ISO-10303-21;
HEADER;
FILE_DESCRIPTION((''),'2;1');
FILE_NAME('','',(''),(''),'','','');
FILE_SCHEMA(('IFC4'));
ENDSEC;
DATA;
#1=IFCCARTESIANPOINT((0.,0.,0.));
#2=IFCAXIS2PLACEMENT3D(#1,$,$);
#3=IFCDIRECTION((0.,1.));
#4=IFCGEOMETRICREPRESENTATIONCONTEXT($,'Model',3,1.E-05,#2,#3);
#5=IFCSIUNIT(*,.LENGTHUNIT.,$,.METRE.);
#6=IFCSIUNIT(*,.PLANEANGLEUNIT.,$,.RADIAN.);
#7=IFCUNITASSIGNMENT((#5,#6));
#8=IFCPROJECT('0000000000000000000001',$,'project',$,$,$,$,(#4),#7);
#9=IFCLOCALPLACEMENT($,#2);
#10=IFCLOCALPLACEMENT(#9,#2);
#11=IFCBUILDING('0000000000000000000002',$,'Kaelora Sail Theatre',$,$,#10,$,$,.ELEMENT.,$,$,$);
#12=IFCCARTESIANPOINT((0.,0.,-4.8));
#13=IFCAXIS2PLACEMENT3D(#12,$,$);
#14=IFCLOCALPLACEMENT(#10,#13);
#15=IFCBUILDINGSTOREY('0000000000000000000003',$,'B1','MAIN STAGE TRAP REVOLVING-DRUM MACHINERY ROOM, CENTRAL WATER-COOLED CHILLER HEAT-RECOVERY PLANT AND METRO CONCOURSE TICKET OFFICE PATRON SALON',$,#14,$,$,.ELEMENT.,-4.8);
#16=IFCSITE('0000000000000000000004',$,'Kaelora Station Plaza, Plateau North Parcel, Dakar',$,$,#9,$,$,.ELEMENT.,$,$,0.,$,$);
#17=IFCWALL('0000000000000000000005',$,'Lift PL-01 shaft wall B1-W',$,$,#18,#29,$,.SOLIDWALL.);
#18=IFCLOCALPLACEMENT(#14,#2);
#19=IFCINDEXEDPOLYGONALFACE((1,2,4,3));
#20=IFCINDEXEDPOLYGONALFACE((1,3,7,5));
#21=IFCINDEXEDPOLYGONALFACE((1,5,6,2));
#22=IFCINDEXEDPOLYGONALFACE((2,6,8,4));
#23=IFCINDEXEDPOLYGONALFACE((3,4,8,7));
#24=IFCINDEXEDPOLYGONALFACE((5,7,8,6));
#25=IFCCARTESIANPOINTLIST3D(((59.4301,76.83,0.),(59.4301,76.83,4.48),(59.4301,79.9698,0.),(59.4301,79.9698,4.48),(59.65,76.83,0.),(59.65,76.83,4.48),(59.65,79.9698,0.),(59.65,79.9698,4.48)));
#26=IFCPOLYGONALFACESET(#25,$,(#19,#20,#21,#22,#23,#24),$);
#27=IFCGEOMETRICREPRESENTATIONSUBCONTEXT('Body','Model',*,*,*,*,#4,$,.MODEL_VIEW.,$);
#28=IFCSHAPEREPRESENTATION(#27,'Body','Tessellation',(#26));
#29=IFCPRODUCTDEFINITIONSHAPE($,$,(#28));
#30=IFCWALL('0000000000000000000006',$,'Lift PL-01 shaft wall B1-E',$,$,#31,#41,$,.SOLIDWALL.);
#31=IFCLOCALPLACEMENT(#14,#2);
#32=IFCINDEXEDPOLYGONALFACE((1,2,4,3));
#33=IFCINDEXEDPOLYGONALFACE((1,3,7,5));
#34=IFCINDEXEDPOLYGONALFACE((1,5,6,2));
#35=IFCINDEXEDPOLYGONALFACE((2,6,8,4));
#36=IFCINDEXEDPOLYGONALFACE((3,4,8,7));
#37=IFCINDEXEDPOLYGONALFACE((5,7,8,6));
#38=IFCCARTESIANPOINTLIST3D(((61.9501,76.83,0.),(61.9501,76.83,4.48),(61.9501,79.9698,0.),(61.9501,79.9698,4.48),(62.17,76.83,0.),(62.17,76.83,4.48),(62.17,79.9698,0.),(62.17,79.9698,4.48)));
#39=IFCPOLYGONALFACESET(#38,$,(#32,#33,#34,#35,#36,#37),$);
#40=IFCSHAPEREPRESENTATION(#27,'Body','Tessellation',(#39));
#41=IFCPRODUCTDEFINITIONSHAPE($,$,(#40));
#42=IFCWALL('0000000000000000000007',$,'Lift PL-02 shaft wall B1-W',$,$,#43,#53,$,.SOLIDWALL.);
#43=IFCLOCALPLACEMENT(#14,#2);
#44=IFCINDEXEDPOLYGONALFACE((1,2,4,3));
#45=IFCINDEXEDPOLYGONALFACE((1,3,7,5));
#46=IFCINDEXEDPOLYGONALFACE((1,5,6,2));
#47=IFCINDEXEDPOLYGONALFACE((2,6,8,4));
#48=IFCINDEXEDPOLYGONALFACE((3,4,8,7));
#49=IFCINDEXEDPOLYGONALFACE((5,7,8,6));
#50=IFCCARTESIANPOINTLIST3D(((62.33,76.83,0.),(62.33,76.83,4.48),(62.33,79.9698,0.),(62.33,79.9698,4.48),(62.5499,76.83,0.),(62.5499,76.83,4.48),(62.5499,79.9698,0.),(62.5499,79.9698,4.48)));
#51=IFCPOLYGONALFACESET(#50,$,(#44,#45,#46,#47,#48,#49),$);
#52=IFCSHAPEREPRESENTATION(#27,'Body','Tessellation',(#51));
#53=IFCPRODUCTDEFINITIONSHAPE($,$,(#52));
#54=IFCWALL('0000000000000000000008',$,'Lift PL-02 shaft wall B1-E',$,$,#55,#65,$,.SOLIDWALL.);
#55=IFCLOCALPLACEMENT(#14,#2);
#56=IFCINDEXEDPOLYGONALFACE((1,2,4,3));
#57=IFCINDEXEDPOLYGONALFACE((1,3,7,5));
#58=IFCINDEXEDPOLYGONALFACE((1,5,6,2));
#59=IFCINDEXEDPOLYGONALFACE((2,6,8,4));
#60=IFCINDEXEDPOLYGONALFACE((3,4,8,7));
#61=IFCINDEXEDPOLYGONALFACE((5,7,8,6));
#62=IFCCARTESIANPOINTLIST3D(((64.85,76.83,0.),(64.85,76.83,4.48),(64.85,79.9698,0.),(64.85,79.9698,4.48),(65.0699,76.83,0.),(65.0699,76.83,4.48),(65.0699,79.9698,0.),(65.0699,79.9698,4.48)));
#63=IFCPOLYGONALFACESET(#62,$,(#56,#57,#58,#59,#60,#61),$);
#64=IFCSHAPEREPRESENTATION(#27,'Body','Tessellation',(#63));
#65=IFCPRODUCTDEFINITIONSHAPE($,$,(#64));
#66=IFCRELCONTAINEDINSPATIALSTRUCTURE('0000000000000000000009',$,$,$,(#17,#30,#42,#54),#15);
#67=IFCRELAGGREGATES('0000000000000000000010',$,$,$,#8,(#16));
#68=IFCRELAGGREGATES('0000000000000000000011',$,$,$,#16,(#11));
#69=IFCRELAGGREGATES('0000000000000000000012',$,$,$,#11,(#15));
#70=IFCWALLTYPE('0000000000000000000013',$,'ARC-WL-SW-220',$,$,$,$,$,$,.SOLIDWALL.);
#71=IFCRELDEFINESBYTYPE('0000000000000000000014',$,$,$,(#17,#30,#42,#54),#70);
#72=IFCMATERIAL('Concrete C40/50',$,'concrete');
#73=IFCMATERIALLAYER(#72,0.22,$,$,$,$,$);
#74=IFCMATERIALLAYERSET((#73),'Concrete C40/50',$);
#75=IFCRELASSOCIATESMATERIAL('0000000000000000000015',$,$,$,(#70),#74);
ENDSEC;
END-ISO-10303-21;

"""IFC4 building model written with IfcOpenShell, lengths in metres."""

from ifc_helpers import new_model, si_unit, direction, frame, frame_2d, origin, place, context, subcontext, project, spatial, rectangle, extrude, material, layer, layer_set, type_object, element, save


model = new_model("IFC4")

# Units and contexts
model_context = context("Model", 3, precision=1e-05, world=origin(), true_north=direction((0.0, 1.0)))
body_context = subcontext(model_context, "Body", "Model", "MODEL_VIEW")
ifc_project = project(units=[si_unit("LENGTHUNIT", "METRE"), si_unit("PLANEANGLEUNIT", "RADIAN")], contexts=[model_context])

# Site, building, storey
site_placement = place(None, origin())
site = spatial("IfcSite", under=ifc_project, at=site_placement, Name="Kaelora Station Plaza, Plateau North Parcel, Dakar", CompositionType="ELEMENT", RefElevation=0.0)
building_placement = place(site_placement, origin())
building = spatial("IfcBuilding", under=site, at=building_placement, Name="Kaelora Sail Theatre", CompositionType="ELEMENT")
storey_placement = place(building_placement, frame((0.0, 0.0, -4.8)))
storey = spatial("IfcBuildingStorey", under=building, at=storey_placement, Name="B1", Description="MAIN STAGE TRAP REVOLVING-DRUM MACHINERY ROOM, CENTRAL WATER-COOLED CHILLER HEAT-RECOVERY PLANT AND METRO CONCOURSE TICKET OFFICE PATRON SALON", CompositionType="ELEMENT", Elevation=-4.8)

# Shared definitions
ifc_material_1 = material(Name="Concrete C40/50", Category="concrete")
ifc_layer_1 = layer(ifc_material_1, 0.22)
ifc_layer_set_1 = layer_set([ifc_layer_1], Name="Concrete C40/50")
wall_type_1 = type_object("IfcWallType", Name="ARC-WL-SW-220", PredefinedType="SOLIDWALL", material=ifc_layer_set_1)

# Walls
for number, where, z_axis, x_axis, name in (
    (1, (59.54, 76.8301, 0.0), (0.0, 0.0, 1.0), (0.0, 1.0, 0.0), "Lift PL-01 shaft wall B1-W"),
    (2, (62.0601, 76.8301, 0.0), (0.0, 0.0, 1.0), (0.0, 1.0, 0.0), "Lift PL-01 shaft wall B1-E"),
    (3, (62.4399, 76.8301, 0.0), (0.0, 0.0, 1.0), (0.0, 1.0, 0.0), "Lift PL-02 shaft wall B1-W"),
    (4, (64.96, 76.8301, 0.0), (0.0, 0.0, 1.0), (0.0, 1.0, 0.0), "Lift PL-02 shaft wall B1-E"),
):
    element("IfcWall", number, at=place(storey_placement, frame(where, z_axis=z_axis, x_axis=x_axis)), inside=storey, type_object=wall_type_1, Name=name, PredefinedType="SOLIDWALL", context=body_context, shape_type="SweptSolid", body=[
        extrude(rectangle(XDim=3.1399, YDim=0.22, at=frame_2d((1.5698, 0.0))), origin(), (0.0, 0.0, 1.0), 4.48),
    ])

save(model, "model.ifc")
